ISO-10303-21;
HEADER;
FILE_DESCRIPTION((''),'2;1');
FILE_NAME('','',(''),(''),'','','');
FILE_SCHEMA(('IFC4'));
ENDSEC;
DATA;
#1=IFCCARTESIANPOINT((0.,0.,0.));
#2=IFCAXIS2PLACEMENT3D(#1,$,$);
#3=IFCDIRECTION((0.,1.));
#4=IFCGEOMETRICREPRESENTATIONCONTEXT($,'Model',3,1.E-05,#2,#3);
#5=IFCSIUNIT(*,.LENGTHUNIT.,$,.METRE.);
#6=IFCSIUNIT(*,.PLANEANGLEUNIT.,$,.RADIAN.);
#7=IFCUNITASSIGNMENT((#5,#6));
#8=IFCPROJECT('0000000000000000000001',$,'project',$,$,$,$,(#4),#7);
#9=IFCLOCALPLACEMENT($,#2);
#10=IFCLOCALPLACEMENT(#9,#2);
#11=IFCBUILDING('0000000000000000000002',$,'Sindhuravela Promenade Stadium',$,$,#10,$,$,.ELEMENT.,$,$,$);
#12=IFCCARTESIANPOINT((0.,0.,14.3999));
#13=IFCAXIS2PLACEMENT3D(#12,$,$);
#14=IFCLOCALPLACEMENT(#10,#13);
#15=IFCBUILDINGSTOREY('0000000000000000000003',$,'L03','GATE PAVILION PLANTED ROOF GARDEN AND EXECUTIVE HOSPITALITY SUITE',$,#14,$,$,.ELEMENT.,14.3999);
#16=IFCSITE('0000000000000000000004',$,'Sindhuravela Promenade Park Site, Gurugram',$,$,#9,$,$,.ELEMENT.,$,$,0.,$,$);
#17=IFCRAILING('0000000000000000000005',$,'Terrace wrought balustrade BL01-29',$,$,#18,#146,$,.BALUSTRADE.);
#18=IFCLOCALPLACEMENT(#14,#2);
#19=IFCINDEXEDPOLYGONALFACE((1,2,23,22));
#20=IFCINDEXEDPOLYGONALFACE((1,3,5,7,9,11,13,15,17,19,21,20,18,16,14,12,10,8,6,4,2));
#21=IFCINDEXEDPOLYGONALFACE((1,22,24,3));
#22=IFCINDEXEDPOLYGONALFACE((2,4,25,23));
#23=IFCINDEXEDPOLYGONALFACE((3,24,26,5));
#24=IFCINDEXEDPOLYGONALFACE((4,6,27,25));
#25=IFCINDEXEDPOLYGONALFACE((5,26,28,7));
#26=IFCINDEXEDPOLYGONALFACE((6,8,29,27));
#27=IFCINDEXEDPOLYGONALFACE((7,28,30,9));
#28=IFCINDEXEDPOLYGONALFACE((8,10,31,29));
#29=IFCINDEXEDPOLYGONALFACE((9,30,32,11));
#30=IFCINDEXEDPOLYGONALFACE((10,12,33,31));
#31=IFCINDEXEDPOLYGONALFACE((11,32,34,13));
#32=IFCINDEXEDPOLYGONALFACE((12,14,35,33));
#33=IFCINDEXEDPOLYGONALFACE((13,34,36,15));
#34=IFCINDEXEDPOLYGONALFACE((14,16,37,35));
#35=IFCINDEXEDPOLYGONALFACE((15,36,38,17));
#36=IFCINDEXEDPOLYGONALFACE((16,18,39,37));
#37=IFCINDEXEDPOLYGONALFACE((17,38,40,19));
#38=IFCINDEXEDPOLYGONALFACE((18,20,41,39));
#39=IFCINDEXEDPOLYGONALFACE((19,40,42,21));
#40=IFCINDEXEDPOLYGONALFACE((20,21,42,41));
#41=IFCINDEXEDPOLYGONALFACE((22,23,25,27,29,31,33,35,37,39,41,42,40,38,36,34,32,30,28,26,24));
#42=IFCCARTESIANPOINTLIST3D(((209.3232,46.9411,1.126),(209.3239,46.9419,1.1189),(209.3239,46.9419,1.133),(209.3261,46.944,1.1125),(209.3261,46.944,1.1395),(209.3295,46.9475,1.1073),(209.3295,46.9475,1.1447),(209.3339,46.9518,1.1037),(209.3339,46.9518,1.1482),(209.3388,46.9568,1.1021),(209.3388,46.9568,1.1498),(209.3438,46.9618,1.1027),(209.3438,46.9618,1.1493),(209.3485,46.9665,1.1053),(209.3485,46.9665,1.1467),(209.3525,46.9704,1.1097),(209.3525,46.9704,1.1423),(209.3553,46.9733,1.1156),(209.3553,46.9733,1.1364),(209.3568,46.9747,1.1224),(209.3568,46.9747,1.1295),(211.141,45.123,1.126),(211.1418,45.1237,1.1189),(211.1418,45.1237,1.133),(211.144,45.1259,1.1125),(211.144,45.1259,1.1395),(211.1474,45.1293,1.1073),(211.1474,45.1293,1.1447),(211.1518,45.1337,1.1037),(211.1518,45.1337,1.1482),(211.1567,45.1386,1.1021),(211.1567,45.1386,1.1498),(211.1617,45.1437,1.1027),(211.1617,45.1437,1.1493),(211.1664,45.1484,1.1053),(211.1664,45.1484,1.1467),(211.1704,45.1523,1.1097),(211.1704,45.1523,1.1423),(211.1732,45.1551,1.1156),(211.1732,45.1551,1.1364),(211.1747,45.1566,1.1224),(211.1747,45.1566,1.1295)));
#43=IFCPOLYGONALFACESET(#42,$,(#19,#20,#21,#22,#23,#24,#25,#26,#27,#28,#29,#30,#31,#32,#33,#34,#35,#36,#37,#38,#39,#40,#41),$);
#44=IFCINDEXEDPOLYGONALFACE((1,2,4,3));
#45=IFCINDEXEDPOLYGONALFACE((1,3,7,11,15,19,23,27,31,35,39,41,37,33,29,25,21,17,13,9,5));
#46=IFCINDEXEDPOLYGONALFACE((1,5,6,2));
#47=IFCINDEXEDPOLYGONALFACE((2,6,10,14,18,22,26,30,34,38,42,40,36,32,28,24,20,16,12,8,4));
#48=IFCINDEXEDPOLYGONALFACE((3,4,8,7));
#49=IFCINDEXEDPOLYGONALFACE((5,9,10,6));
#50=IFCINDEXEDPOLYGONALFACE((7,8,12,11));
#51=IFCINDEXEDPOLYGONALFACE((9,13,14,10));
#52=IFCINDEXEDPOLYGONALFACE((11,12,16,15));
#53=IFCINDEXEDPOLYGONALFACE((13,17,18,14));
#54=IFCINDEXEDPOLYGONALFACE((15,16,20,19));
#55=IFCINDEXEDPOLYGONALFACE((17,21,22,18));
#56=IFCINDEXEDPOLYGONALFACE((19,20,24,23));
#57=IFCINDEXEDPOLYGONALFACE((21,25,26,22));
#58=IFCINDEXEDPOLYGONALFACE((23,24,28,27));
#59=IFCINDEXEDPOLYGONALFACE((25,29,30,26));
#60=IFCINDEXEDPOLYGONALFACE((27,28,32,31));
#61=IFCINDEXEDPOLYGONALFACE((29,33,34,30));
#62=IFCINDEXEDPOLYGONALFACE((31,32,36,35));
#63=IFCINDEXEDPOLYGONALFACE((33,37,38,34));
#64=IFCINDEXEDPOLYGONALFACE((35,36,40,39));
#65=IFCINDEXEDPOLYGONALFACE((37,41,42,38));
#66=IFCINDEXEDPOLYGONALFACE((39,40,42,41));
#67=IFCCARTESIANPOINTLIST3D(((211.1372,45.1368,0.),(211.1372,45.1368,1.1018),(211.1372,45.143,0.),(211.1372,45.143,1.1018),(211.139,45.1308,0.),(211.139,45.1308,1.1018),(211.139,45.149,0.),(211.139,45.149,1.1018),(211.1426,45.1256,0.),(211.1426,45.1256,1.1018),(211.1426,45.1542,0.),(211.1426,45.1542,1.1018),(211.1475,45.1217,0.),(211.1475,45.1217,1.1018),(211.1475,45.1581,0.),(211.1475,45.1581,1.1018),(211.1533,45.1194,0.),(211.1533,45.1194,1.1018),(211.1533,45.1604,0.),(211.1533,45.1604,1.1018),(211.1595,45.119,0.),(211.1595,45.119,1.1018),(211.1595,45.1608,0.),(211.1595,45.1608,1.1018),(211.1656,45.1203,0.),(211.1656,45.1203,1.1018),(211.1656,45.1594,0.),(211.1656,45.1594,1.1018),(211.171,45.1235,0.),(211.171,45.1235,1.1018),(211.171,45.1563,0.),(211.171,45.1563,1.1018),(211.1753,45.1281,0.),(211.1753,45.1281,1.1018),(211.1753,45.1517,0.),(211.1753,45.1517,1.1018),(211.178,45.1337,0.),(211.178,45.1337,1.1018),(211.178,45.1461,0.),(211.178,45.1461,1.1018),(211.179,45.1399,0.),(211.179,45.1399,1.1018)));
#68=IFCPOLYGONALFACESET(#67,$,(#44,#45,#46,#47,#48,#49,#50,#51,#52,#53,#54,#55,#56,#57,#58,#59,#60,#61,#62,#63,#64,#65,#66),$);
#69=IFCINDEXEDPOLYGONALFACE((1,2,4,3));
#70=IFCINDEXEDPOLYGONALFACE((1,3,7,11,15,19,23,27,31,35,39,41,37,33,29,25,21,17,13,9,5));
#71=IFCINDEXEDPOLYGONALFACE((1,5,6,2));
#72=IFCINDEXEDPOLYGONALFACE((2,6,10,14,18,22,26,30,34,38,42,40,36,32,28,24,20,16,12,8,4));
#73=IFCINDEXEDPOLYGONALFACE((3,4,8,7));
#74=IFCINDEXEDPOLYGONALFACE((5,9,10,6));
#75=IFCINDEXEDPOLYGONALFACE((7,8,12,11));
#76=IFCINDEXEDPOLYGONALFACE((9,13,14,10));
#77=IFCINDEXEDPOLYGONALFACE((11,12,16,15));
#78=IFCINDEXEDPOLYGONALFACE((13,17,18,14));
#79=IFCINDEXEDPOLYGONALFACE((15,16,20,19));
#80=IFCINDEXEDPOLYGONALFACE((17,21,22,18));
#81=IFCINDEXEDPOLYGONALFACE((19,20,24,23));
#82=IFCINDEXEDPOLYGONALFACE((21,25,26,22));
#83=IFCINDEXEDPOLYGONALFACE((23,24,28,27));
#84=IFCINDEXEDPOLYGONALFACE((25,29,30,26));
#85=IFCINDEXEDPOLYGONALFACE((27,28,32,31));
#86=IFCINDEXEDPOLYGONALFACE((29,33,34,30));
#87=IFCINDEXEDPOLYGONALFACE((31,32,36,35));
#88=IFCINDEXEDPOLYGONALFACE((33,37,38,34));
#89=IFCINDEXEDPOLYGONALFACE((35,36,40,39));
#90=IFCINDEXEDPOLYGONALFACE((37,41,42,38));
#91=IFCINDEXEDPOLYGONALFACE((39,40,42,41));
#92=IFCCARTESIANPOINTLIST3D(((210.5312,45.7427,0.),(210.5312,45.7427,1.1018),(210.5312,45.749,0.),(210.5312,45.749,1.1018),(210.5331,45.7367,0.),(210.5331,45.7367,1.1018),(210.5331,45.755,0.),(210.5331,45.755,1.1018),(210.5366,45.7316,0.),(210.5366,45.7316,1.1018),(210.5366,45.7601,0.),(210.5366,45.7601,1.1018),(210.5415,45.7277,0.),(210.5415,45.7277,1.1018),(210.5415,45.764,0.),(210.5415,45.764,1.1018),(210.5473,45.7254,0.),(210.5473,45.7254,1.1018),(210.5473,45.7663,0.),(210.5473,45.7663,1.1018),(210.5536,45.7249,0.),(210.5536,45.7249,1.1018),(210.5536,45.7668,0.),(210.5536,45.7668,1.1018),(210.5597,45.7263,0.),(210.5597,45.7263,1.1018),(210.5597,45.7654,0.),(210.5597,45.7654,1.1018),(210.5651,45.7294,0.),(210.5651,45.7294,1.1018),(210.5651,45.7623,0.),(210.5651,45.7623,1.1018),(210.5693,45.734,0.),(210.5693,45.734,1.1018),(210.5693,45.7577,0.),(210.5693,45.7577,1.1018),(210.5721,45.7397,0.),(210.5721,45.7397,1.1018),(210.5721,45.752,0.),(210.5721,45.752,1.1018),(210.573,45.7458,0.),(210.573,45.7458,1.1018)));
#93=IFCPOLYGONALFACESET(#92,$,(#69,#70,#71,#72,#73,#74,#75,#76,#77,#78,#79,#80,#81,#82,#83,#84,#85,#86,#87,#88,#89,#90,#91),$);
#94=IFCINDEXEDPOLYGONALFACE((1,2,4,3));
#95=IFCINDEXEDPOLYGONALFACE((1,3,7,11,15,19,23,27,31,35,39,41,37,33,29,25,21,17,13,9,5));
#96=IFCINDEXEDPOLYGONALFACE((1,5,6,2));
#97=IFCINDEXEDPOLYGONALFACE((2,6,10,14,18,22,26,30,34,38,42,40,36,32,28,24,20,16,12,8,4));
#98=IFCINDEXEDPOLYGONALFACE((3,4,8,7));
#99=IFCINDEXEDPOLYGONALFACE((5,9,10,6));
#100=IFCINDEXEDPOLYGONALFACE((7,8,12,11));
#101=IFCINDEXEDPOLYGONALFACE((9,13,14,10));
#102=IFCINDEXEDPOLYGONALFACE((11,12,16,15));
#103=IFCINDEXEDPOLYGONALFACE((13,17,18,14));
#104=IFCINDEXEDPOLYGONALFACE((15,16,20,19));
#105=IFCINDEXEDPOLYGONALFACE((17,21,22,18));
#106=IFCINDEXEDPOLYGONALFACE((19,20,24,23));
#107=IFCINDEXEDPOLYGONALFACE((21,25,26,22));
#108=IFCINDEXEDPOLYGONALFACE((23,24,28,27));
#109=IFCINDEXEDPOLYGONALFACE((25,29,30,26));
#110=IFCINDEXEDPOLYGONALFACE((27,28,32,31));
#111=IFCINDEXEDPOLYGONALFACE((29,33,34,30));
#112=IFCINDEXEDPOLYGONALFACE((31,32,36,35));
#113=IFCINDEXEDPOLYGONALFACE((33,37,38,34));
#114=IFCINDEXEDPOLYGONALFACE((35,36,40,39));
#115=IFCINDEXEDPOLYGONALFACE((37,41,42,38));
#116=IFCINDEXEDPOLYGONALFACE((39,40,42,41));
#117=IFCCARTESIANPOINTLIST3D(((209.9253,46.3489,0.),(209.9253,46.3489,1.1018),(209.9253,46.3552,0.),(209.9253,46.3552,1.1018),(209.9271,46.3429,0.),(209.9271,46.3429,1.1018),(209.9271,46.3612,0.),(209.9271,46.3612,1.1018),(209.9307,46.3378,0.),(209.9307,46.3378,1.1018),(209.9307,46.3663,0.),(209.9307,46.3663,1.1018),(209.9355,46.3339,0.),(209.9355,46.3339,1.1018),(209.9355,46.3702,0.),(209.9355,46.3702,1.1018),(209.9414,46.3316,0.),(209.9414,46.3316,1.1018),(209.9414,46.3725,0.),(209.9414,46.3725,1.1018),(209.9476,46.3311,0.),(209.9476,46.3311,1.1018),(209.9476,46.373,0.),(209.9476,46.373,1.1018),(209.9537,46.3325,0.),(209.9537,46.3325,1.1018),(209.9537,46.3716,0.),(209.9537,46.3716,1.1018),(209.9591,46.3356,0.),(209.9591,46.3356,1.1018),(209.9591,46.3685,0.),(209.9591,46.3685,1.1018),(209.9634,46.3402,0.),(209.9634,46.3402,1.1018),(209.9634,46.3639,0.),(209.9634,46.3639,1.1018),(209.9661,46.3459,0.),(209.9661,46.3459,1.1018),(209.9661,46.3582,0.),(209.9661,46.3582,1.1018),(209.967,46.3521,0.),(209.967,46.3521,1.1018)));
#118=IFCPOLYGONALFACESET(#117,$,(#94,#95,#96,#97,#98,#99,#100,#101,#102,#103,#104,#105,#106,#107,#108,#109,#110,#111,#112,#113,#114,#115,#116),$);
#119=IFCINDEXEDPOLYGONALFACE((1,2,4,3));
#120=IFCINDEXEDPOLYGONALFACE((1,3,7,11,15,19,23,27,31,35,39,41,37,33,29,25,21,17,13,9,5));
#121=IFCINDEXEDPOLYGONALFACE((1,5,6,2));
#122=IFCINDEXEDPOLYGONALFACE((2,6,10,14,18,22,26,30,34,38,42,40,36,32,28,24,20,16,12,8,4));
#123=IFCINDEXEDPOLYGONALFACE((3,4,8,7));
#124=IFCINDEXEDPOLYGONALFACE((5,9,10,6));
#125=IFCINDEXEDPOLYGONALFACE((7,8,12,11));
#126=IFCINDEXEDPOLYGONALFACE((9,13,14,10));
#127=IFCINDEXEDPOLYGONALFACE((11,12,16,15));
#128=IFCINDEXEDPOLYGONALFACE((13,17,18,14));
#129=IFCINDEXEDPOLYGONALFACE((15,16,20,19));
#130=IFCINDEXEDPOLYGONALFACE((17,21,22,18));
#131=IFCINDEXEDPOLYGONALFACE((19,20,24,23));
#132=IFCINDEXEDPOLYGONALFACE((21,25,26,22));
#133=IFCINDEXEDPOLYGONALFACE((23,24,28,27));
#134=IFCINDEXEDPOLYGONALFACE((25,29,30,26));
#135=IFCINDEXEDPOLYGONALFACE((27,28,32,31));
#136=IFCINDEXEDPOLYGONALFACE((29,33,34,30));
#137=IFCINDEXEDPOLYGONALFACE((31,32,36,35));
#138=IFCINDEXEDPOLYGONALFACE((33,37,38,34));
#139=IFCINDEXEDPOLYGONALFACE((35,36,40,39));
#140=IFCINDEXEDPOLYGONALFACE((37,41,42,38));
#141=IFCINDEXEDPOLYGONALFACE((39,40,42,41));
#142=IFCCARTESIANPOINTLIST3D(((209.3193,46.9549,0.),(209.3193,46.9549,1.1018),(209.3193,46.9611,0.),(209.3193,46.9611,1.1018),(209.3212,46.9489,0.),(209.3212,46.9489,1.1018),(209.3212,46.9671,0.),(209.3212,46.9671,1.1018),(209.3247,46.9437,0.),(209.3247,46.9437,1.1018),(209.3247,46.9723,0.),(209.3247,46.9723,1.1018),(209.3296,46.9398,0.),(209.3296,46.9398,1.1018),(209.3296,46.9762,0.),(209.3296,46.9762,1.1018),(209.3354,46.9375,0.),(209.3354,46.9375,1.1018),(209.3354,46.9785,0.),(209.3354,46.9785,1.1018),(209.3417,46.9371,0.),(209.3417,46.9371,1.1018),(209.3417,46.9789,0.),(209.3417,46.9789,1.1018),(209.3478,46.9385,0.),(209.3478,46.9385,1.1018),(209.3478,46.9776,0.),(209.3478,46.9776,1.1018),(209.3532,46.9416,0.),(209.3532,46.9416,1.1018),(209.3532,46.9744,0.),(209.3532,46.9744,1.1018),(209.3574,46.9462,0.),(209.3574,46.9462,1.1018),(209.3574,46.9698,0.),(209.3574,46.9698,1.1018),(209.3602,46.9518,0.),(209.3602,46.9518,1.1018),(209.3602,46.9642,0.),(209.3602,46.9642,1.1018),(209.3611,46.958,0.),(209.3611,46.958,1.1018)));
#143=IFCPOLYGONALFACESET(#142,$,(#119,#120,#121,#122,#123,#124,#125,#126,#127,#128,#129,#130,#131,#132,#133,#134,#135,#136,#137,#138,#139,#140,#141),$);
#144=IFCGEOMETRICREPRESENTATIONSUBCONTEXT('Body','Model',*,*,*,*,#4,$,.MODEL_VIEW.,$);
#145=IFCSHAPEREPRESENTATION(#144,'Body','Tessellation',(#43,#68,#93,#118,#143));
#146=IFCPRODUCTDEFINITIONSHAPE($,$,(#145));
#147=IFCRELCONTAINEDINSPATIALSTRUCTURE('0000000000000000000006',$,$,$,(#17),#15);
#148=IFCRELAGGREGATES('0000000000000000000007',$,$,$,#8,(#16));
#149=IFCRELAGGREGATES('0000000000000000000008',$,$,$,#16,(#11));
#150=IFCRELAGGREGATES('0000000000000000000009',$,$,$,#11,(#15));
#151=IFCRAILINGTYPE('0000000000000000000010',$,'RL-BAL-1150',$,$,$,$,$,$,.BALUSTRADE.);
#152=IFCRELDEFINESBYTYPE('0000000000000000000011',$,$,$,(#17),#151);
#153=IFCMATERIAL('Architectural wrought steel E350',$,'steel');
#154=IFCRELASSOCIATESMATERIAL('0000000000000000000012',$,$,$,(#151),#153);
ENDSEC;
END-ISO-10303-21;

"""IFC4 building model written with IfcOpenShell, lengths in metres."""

from ifc_helpers import new_model, si_unit, direction, frame, origin, origin_2d, place, context, subcontext, project, spatial, circle, extrude, material, type_object, element, save


model = new_model("IFC4")

# Units and contexts
model_context = context("Model", 3, precision=1e-05, world=origin(), true_north=direction((0.0, 1.0)))
body_context = subcontext(model_context, "Body", "Model", "MODEL_VIEW")
ifc_project = project(units=[si_unit("LENGTHUNIT", "METRE"), si_unit("PLANEANGLEUNIT", "RADIAN")], contexts=[model_context])

# Site, building, storey
site_placement = place(None, origin())
site = spatial("IfcSite", under=ifc_project, at=site_placement, Name="Sindhuravela Promenade Park Site, Gurugram", CompositionType="ELEMENT", RefElevation=0.0)
building_placement = place(site_placement, origin())
building = spatial("IfcBuilding", under=site, at=building_placement, Name="Sindhuravela Promenade Stadium", CompositionType="ELEMENT")
storey_placement = place(building_placement, frame((0.0, 0.0, 14.3999)))
storey = spatial("IfcBuildingStorey", under=building, at=storey_placement, Name="L03", Description="GATE PAVILION PLANTED ROOF GARDEN AND EXECUTIVE HOSPITALITY SUITE", CompositionType="ELEMENT", Elevation=14.3999)

# Railing
ifc_material_1 = material(Name="Architectural wrought steel E350", Category="steel")
railing_type = type_object("IfcRailingType", Name="RL-BAL-1150", PredefinedType="BALUSTRADE", material=ifc_material_1)
railing_1_placement = place(storey_placement, frame((211.158, 45.1399, 0.0)))
element("IfcRailing", 1, at=railing_1_placement, inside=storey, type_object=railing_type, Name="Terrace wrought balustrade BL01-29", PredefinedType="BALUSTRADE", context=body_context, shape_type="SweptSolid", body=[
    extrude(circle(Radius=0.0239, at=origin_2d()), frame((0.0, 0.0, 1.126), z_axis=(-0.707059, 0.707154, 0.0), x_axis=(-0.707154, -0.707059, 0.0)), (0.0, 0.0, 1.0), 2.571),
    extrude(circle(Radius=0.021, at=origin_2d()), origin(), (0.0, 0.0, 1.0), 1.1018),
    extrude(circle(Radius=0.021, at=origin_2d()), frame((-0.606, 0.606, 0.0)), (0.0, 0.0, 1.0), 1.1018),
    extrude(circle(Radius=0.021, at=origin_2d()), frame((-1.2119, 1.2122, 0.0)), (0.0, 0.0, 1.0), 1.1018),
    extrude(circle(Radius=0.021, at=origin_2d()), frame((-1.8179, 1.8181, 0.0)), (0.0, 0.0, 1.0), 1.1018),
])

save(model, "model.ifc")
